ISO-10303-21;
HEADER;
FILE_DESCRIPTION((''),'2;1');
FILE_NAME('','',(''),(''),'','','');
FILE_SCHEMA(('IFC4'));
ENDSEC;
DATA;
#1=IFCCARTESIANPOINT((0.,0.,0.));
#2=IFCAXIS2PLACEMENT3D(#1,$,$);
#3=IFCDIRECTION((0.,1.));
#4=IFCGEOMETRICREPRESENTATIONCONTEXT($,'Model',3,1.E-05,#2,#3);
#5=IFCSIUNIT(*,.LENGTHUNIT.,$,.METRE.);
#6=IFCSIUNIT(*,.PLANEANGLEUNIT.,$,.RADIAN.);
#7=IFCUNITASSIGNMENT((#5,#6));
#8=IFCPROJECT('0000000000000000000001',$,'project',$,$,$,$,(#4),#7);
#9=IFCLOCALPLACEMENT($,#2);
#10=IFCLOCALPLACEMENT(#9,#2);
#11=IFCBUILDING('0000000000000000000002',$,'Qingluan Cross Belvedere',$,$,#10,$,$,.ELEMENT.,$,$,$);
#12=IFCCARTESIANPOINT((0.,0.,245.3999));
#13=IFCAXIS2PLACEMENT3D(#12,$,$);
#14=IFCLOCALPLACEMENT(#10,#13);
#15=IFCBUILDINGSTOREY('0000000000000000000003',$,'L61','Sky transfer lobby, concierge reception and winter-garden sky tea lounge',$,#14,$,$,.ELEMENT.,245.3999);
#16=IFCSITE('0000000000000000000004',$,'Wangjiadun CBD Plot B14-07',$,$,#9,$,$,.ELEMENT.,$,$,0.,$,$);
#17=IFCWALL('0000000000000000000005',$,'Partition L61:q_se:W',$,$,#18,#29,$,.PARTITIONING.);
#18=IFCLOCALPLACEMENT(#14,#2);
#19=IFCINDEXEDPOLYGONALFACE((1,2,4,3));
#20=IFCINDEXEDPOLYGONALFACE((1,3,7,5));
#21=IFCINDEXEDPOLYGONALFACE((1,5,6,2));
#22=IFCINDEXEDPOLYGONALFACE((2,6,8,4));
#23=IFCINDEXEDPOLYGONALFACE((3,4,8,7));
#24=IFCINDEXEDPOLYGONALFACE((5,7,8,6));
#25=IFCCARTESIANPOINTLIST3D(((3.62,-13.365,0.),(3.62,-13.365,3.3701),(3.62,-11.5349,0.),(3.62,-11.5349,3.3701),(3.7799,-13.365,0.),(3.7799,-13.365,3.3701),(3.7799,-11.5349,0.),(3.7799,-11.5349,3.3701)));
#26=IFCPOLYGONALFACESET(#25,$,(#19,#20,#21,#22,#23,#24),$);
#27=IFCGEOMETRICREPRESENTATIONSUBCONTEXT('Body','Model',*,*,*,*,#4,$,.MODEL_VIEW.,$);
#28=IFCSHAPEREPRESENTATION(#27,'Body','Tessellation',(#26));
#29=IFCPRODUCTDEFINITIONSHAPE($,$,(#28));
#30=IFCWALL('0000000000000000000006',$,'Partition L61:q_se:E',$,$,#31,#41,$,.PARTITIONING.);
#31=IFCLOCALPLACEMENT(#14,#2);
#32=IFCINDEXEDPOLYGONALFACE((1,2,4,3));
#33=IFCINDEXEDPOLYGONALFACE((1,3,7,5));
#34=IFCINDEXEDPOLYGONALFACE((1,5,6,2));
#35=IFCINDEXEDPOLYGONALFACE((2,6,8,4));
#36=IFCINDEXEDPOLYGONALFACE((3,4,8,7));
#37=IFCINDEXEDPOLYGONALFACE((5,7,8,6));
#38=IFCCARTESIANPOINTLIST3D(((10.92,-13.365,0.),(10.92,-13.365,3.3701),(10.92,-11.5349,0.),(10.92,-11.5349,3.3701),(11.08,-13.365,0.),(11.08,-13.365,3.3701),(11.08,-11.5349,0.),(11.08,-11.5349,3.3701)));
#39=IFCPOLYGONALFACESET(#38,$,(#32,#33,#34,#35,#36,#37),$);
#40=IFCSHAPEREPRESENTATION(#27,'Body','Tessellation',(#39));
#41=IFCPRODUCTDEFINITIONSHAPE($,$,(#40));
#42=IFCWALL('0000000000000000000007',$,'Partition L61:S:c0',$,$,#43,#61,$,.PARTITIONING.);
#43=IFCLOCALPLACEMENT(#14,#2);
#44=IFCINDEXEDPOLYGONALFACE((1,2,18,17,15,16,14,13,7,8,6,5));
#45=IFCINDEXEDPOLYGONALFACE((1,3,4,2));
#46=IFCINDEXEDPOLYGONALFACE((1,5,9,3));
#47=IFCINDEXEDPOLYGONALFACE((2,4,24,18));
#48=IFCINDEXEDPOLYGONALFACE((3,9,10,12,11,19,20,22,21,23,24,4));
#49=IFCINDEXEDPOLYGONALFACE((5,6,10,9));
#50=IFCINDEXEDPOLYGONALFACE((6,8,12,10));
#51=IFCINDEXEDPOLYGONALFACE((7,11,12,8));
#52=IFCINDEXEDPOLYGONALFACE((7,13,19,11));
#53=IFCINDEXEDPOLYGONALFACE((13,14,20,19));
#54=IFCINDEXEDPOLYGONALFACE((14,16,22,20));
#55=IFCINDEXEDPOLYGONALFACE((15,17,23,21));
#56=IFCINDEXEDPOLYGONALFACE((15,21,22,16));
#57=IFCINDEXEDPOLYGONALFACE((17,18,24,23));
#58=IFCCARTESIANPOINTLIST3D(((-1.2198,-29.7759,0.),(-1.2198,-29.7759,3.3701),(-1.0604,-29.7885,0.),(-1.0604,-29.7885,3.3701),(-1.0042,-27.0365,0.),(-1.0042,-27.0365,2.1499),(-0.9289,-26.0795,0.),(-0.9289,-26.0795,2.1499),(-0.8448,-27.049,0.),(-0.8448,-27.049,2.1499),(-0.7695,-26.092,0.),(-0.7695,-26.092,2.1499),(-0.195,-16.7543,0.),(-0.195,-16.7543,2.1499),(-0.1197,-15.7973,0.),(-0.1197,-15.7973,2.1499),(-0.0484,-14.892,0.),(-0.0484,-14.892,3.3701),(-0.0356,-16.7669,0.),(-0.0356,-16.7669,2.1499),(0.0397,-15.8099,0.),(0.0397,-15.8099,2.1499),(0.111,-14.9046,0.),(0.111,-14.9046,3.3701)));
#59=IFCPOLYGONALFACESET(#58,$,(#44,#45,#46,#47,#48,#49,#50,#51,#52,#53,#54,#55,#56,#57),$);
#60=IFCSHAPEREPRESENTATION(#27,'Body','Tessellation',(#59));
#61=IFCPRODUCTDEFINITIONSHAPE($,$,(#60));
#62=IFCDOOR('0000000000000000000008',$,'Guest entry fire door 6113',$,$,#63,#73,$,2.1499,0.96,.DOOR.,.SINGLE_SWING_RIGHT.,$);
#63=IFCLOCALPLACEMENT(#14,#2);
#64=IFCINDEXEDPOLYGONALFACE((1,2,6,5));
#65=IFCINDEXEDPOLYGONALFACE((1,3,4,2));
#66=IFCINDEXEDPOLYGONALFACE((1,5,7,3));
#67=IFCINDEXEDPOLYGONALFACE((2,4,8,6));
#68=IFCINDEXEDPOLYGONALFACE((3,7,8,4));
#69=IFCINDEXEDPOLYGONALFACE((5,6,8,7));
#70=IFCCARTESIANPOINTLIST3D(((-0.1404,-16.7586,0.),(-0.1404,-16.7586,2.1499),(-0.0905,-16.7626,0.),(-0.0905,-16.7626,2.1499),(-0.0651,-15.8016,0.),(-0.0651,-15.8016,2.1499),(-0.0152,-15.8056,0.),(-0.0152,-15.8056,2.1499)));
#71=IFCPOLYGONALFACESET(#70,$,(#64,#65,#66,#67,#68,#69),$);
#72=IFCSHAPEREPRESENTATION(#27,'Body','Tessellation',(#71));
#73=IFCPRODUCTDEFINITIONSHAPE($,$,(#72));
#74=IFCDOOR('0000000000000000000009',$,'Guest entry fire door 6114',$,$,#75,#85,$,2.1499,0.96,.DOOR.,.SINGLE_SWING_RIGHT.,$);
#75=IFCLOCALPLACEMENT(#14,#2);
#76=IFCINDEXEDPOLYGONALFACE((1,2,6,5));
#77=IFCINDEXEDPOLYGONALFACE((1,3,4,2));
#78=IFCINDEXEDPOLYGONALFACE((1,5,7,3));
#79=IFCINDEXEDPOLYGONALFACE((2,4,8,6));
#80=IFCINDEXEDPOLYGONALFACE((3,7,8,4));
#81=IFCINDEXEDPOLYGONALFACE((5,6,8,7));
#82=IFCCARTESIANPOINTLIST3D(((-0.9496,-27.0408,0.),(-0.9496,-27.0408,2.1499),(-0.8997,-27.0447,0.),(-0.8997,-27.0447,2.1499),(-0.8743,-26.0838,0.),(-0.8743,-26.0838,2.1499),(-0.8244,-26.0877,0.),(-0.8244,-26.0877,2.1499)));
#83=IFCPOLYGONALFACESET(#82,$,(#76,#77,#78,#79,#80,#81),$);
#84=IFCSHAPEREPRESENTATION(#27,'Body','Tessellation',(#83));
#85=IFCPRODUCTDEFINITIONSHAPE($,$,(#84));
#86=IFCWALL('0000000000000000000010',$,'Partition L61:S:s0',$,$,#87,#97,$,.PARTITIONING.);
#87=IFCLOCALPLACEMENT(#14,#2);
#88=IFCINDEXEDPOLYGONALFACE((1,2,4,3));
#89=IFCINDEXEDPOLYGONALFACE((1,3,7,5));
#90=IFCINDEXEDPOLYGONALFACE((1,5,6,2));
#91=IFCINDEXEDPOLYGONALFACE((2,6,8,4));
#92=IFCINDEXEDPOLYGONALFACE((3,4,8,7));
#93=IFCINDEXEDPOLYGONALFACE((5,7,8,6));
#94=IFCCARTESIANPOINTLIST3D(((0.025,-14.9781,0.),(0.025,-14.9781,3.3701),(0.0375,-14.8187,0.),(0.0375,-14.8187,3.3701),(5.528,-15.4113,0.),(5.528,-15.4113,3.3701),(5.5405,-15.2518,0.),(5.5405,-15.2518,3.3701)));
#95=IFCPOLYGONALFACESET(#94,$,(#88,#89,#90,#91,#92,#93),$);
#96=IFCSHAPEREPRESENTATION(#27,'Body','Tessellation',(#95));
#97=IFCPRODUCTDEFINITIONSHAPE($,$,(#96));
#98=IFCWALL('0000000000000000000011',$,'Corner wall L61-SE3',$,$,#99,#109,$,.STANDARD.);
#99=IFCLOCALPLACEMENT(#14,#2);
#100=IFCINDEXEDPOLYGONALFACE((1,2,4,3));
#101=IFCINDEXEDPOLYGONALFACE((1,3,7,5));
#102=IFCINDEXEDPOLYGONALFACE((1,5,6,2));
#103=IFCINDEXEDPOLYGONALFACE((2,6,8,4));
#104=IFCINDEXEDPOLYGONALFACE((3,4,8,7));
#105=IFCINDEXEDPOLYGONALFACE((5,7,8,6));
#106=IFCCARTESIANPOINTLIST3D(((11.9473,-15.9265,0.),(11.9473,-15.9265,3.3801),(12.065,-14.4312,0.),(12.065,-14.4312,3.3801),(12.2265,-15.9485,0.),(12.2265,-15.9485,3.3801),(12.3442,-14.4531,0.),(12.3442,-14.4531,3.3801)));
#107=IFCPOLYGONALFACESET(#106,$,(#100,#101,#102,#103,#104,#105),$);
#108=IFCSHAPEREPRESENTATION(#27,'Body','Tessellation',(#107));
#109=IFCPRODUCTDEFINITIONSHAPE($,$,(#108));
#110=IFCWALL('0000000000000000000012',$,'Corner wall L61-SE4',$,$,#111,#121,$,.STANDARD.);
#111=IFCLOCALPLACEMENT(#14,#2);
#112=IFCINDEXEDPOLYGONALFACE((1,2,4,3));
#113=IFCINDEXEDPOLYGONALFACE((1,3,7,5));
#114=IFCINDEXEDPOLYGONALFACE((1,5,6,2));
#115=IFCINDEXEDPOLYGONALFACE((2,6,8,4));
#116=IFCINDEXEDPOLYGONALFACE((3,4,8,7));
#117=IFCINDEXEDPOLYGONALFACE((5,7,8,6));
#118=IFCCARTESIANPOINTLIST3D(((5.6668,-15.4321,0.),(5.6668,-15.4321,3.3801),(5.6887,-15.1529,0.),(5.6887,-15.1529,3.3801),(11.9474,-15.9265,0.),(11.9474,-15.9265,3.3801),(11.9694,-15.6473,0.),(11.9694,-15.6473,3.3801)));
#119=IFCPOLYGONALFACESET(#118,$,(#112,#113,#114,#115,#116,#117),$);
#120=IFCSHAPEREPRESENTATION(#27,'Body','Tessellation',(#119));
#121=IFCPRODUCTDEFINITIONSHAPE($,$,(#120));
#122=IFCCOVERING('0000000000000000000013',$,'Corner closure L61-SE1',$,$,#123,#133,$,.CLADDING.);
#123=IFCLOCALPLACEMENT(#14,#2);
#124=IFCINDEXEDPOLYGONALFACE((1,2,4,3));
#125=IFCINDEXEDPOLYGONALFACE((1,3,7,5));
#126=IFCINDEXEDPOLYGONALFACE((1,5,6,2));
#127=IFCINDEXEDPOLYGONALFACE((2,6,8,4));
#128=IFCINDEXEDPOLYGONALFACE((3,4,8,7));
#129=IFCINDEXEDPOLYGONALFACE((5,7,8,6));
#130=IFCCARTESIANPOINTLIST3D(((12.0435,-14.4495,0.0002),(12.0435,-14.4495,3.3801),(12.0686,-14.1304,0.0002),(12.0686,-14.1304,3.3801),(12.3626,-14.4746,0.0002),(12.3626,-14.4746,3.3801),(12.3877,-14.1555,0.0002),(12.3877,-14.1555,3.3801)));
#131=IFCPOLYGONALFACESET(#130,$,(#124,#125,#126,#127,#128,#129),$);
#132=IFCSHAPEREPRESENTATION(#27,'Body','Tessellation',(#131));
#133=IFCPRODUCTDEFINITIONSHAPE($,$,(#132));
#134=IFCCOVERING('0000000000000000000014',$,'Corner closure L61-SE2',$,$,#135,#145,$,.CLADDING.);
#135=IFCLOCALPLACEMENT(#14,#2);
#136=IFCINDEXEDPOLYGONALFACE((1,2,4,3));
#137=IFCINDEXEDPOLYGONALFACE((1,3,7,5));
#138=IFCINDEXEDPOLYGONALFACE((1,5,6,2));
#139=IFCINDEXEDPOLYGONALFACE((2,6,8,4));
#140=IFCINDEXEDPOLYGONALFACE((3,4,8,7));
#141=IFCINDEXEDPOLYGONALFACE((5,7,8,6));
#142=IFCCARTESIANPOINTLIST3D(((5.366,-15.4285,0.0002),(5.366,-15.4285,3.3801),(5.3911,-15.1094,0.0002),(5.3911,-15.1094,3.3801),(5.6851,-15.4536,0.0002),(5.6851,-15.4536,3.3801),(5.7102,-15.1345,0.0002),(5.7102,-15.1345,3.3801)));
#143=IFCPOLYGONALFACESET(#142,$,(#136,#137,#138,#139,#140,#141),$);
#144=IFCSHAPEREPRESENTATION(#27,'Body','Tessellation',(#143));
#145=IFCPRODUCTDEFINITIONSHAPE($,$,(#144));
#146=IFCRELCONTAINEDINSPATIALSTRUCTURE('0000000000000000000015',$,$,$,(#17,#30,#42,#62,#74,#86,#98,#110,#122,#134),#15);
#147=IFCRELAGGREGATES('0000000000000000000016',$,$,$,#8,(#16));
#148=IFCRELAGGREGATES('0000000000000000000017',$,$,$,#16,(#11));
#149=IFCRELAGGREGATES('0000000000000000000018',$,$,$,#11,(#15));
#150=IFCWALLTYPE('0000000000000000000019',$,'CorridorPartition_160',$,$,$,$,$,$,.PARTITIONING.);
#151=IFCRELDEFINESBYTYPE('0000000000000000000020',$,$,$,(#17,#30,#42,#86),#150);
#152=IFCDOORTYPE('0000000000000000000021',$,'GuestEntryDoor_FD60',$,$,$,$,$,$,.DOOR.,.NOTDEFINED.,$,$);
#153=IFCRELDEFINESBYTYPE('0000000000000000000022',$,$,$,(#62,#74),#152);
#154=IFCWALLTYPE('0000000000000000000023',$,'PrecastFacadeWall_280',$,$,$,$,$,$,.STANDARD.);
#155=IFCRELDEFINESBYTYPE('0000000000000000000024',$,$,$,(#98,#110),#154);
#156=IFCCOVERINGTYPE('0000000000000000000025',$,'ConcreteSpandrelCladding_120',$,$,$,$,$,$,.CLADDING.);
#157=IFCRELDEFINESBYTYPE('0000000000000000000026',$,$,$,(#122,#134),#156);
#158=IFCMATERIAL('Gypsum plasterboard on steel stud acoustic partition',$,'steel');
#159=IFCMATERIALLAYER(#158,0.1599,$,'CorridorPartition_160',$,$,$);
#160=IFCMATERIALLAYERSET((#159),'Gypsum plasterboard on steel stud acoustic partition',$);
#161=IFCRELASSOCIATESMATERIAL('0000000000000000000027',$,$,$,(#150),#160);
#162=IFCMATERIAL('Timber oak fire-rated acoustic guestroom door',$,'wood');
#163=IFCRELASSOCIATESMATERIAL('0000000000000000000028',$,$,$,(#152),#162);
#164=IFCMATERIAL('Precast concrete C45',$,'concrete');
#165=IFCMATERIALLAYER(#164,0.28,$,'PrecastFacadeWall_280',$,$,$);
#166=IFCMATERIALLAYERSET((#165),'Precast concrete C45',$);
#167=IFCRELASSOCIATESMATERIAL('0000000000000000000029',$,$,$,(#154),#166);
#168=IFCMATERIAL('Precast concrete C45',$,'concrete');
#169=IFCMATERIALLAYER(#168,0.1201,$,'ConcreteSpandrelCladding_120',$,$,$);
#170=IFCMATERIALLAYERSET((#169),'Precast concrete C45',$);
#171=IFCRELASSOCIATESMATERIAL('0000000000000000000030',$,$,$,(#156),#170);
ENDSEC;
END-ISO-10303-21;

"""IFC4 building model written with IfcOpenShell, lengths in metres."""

from ifc_helpers import new_model, si_unit, direction, frame, frame_2d, origin, origin_2d, place, context, subcontext, project, spatial, rectangle, extrude, material, layer, layer_set, type_object, element, fill, save


model = new_model("IFC4")

# Units and contexts
model_context = context("Model", 3, precision=1e-05, world=origin(), true_north=direction((0.0, 1.0)))
body_context = subcontext(model_context, "Body", "Model", "MODEL_VIEW")
ifc_project = project(units=[si_unit("LENGTHUNIT", "METRE"), si_unit("PLANEANGLEUNIT", "RADIAN")], contexts=[model_context])

# Site, building, storey
site_placement = place(None, origin())
site = spatial("IfcSite", under=ifc_project, at=site_placement, Name="Wangjiadun CBD Plot B14-07", CompositionType="ELEMENT", RefElevation=0.0)
building_placement = place(site_placement, origin())
building = spatial("IfcBuilding", under=site, at=building_placement, Name="Qingluan Cross Belvedere", CompositionType="ELEMENT")
storey_placement = place(building_placement, frame((0.0, 0.0, 245.3999)))
storey = spatial("IfcBuildingStorey", under=building, at=storey_placement, Name="L61", Description="Sky transfer lobby, concierge reception and winter-garden sky tea lounge", CompositionType="ELEMENT", Elevation=245.3999)

# Walls
ifc_material_1 = material(Name="Gypsum plasterboard on steel stud acoustic partition", Category="steel")
ifc_layer_1 = layer(ifc_material_1, 0.1599, Name="CorridorPartition_160")
ifc_layer_set_1 = layer_set([ifc_layer_1], Name="Gypsum plasterboard on steel stud acoustic partition")
wall_type_1 = type_object("IfcWallType", Name="CorridorPartition_160", PredefinedType="PARTITIONING", material=ifc_layer_set_1)
for number, where, z_axis, x_axis, name in (
    (1, (3.7, -13.365, 0.0), (0.0, 0.0, 1.0), (0.0, 1.0, 0.0), "Partition L61:q_se:W"),
    (2, (11.0, -13.365, 0.0), (0.0, 0.0, 1.0), (0.0, 1.0, 0.0), "Partition L61:q_se:E"),
):
    element("IfcWall", number, at=place(storey_placement, frame(where, z_axis=z_axis, x_axis=x_axis)), inside=storey, type_object=wall_type_1, Name=name, PredefinedType="PARTITIONING", context=body_context, shape_type="SweptSolid", body=[
        extrude(rectangle(XDim=1.8301, YDim=0.1599, at=frame_2d((0.915, 0.0))), origin(), (0.0, 0.0, 1.0), 3.3701),
    ])

# Wall, openings, doors
wall_1_placement = place(storey_placement, frame((0.0312, -14.8984, 0.0), z_axis=(0.0, 0.0, 1.0), x_axis=(-0.07846, -0.996917, 0.0)))
wall_1 = element("IfcWall", 3, at=wall_1_placement, inside=storey, type_object=wall_type_1, Name="Partition L61:S:c0", PredefinedType="PARTITIONING", context=body_context, shape_type="SweptSolid", body=[
    extrude(rectangle(XDim=14.9299, YDim=0.1599, at=frame_2d((7.4648, 0.0))), origin(), (0.0, 0.0, 1.0), 3.3701),
])
opening_1_placement = place(wall_1_placement, frame((0.908, 0.0, 0.0)))
opening_1 = element("IfcOpeningElement", 4, at=opening_1_placement, cuts=wall_1, PredefinedType="OPENING", context=body_context, shape_type="SweptSolid", body=[
    extrude(rectangle(XDim=0.96, YDim=2.1499, at=frame_2d((0.48, 1.075))), frame((0.0, 0.0898, 0.0), z_axis=(0.0, -1.0, 0.0), x_axis=(1.0, 0.0, 0.0)), (0.0, 0.0, 1.0), 0.1799),
])
opening_2_placement = place(wall_1_placement, frame((11.2219, 0.0, 0.0)))
opening_2 = element("IfcOpeningElement", 5, at=opening_2_placement, cuts=wall_1, PredefinedType="OPENING", context=body_context, shape_type="SweptSolid", body=[
    extrude(rectangle(XDim=0.96, YDim=2.1499, at=frame_2d((0.48, 1.075))), frame((0.0, 0.0898, 0.0), z_axis=(0.0, -1.0, 0.0), x_axis=(1.0, 0.0, 0.0)), (0.0, 0.0, 1.0), 0.1799),
])
ifc_material_2 = material(Name="Timber oak fire-rated acoustic guestroom door", Category="wood")
door_type = type_object("IfcDoorType", Name="GuestEntryDoor_FD60", OperationType="NOTDEFINED", PredefinedType="DOOR", material=ifc_material_2)
door_1_placement = place(opening_1_placement, origin())
door_1 = element("IfcDoor", 6, at=door_1_placement, inside=storey, type_object=door_type, Name="Guest entry fire door 6113", OperationType="SINGLE_SWING_RIGHT", OverallHeight=2.1499, OverallWidth=0.96, PredefinedType="DOOR", context=body_context, shape_type="SweptSolid", body=[
    extrude(rectangle(XDim=0.96, YDim=2.1499, at=frame_2d((0.48, 1.075))), frame((0.0, 0.0249, 0.0), z_axis=(0.0, -1.0, 0.0), x_axis=(1.0, 0.0, 0.0)), (0.0, 0.0, 1.0), 0.05),
])
fill(opening_1, door_1)
door_2_placement = place(opening_2_placement, origin())
door_2 = element("IfcDoor", 7, at=door_2_placement, inside=storey, type_object=door_type, Name="Guest entry fire door 6114", OperationType="SINGLE_SWING_RIGHT", OverallHeight=2.1499, OverallWidth=0.96, PredefinedType="DOOR", context=body_context, shape_type="SweptSolid", body=[
    extrude(rectangle(XDim=0.96, YDim=2.1499, at=frame_2d((0.48, 1.075))), frame((0.0, 0.0249, 0.0), z_axis=(0.0, -1.0, 0.0), x_axis=(1.0, 0.0, 0.0)), (0.0, 0.0, 1.0), 0.05),
])
fill(opening_2, door_2)

# Walls
wall_2_placement = place(storey_placement, frame((0.0312, -14.8984, 0.0), z_axis=(0.0, 0.0, 1.0), x_axis=(0.996917, -0.078462, 0.0)))
element("IfcWall", 8, at=wall_2_placement, inside=storey, type_object=wall_type_1, Name="Partition L61:S:s0", PredefinedType="PARTITIONING", context=body_context, shape_type="SweptSolid", body=[
    extrude(rectangle(XDim=5.52, YDim=0.1599, at=frame_2d((2.76, 0.0))), origin(), (0.0, 0.0, 1.0), 3.3701),
])
ifc_material_3 = material(Name="Precast concrete C45", Category="concrete")
ifc_layer_2 = layer(ifc_material_3, 0.28, Name="PrecastFacadeWall_280")
ifc_layer_set_2 = layer_set([ifc_layer_2], Name="Precast concrete C45")
wall_type_2 = type_object("IfcWallType", Name="PrecastFacadeWall_280", PredefinedType="STANDARD", material=ifc_layer_set_2)
wall_3_placement = place(storey_placement, frame((12.2046, -14.4421, 0.0), z_axis=(0.0, 0.0, 1.0), x_axis=(-0.078451, -0.996918, 0.0)))
element("IfcWall", 9, at=wall_3_placement, inside=storey, type_object=wall_type_2, Name="Corner wall L61-SE3", PredefinedType="STANDARD", context=body_context, shape_type="SweptSolid", body=[
    extrude(rectangle(XDim=1.5, YDim=0.28, at=frame_2d((0.75, 0.0))), origin(), (0.0, 0.0, 1.0), 3.3801),
])
wall_4_placement = place(storey_placement, frame((11.9583, -15.7869, 0.0), z_axis=(0.0, 0.0, 1.0), x_axis=(-0.996916, 0.078474, 0.0)))
element("IfcWall", 10, at=wall_4_placement, inside=storey, type_object=wall_type_2, Name="Corner wall L61-SE4", PredefinedType="STANDARD", context=body_context, shape_type="SweptSolid", body=[
    extrude(rectangle(XDim=6.3, YDim=0.28, at=frame_2d((3.1499, 0.0))), origin(), (0.0, 0.0, 1.0), 3.3801),
])

# Coverings
ifc_material_4 = material(Name="Precast concrete C45", Category="concrete")
ifc_layer_3 = layer(ifc_material_4, 0.1201, Name="ConcreteSpandrelCladding_120")
ifc_layer_set_3 = layer_set([ifc_layer_3], Name="Precast concrete C45")
covering_type = type_object("IfcCoveringType", Name="ConcreteSpandrelCladding_120", PredefinedType="CLADDING", material=ifc_layer_set_3)
for number, where, z_axis, x_axis, name in (
    (11, (12.2156, -14.3025, 0.0002), (0.0, 0.0, 1.0), (0.996917, -0.078459, 0.0), "Corner closure L61-SE1"),
    (12, (5.5381, -15.2815, 0.0002), (0.0, 0.0, 1.0), (0.996917, -0.078459, 0.0), "Corner closure L61-SE2"),
):
    element("IfcCovering", number, at=place(storey_placement, frame(where, z_axis=z_axis, x_axis=x_axis)), inside=storey, type_object=covering_type, Name=name, PredefinedType="CLADDING", context=body_context, shape_type="SweptSolid", body=[
        extrude(rectangle(XDim=0.3201, YDim=0.3201, at=origin_2d()), origin(), (0.0, 0.0, 1.0), 3.3799),
    ])

save(model, "model.ifc")
